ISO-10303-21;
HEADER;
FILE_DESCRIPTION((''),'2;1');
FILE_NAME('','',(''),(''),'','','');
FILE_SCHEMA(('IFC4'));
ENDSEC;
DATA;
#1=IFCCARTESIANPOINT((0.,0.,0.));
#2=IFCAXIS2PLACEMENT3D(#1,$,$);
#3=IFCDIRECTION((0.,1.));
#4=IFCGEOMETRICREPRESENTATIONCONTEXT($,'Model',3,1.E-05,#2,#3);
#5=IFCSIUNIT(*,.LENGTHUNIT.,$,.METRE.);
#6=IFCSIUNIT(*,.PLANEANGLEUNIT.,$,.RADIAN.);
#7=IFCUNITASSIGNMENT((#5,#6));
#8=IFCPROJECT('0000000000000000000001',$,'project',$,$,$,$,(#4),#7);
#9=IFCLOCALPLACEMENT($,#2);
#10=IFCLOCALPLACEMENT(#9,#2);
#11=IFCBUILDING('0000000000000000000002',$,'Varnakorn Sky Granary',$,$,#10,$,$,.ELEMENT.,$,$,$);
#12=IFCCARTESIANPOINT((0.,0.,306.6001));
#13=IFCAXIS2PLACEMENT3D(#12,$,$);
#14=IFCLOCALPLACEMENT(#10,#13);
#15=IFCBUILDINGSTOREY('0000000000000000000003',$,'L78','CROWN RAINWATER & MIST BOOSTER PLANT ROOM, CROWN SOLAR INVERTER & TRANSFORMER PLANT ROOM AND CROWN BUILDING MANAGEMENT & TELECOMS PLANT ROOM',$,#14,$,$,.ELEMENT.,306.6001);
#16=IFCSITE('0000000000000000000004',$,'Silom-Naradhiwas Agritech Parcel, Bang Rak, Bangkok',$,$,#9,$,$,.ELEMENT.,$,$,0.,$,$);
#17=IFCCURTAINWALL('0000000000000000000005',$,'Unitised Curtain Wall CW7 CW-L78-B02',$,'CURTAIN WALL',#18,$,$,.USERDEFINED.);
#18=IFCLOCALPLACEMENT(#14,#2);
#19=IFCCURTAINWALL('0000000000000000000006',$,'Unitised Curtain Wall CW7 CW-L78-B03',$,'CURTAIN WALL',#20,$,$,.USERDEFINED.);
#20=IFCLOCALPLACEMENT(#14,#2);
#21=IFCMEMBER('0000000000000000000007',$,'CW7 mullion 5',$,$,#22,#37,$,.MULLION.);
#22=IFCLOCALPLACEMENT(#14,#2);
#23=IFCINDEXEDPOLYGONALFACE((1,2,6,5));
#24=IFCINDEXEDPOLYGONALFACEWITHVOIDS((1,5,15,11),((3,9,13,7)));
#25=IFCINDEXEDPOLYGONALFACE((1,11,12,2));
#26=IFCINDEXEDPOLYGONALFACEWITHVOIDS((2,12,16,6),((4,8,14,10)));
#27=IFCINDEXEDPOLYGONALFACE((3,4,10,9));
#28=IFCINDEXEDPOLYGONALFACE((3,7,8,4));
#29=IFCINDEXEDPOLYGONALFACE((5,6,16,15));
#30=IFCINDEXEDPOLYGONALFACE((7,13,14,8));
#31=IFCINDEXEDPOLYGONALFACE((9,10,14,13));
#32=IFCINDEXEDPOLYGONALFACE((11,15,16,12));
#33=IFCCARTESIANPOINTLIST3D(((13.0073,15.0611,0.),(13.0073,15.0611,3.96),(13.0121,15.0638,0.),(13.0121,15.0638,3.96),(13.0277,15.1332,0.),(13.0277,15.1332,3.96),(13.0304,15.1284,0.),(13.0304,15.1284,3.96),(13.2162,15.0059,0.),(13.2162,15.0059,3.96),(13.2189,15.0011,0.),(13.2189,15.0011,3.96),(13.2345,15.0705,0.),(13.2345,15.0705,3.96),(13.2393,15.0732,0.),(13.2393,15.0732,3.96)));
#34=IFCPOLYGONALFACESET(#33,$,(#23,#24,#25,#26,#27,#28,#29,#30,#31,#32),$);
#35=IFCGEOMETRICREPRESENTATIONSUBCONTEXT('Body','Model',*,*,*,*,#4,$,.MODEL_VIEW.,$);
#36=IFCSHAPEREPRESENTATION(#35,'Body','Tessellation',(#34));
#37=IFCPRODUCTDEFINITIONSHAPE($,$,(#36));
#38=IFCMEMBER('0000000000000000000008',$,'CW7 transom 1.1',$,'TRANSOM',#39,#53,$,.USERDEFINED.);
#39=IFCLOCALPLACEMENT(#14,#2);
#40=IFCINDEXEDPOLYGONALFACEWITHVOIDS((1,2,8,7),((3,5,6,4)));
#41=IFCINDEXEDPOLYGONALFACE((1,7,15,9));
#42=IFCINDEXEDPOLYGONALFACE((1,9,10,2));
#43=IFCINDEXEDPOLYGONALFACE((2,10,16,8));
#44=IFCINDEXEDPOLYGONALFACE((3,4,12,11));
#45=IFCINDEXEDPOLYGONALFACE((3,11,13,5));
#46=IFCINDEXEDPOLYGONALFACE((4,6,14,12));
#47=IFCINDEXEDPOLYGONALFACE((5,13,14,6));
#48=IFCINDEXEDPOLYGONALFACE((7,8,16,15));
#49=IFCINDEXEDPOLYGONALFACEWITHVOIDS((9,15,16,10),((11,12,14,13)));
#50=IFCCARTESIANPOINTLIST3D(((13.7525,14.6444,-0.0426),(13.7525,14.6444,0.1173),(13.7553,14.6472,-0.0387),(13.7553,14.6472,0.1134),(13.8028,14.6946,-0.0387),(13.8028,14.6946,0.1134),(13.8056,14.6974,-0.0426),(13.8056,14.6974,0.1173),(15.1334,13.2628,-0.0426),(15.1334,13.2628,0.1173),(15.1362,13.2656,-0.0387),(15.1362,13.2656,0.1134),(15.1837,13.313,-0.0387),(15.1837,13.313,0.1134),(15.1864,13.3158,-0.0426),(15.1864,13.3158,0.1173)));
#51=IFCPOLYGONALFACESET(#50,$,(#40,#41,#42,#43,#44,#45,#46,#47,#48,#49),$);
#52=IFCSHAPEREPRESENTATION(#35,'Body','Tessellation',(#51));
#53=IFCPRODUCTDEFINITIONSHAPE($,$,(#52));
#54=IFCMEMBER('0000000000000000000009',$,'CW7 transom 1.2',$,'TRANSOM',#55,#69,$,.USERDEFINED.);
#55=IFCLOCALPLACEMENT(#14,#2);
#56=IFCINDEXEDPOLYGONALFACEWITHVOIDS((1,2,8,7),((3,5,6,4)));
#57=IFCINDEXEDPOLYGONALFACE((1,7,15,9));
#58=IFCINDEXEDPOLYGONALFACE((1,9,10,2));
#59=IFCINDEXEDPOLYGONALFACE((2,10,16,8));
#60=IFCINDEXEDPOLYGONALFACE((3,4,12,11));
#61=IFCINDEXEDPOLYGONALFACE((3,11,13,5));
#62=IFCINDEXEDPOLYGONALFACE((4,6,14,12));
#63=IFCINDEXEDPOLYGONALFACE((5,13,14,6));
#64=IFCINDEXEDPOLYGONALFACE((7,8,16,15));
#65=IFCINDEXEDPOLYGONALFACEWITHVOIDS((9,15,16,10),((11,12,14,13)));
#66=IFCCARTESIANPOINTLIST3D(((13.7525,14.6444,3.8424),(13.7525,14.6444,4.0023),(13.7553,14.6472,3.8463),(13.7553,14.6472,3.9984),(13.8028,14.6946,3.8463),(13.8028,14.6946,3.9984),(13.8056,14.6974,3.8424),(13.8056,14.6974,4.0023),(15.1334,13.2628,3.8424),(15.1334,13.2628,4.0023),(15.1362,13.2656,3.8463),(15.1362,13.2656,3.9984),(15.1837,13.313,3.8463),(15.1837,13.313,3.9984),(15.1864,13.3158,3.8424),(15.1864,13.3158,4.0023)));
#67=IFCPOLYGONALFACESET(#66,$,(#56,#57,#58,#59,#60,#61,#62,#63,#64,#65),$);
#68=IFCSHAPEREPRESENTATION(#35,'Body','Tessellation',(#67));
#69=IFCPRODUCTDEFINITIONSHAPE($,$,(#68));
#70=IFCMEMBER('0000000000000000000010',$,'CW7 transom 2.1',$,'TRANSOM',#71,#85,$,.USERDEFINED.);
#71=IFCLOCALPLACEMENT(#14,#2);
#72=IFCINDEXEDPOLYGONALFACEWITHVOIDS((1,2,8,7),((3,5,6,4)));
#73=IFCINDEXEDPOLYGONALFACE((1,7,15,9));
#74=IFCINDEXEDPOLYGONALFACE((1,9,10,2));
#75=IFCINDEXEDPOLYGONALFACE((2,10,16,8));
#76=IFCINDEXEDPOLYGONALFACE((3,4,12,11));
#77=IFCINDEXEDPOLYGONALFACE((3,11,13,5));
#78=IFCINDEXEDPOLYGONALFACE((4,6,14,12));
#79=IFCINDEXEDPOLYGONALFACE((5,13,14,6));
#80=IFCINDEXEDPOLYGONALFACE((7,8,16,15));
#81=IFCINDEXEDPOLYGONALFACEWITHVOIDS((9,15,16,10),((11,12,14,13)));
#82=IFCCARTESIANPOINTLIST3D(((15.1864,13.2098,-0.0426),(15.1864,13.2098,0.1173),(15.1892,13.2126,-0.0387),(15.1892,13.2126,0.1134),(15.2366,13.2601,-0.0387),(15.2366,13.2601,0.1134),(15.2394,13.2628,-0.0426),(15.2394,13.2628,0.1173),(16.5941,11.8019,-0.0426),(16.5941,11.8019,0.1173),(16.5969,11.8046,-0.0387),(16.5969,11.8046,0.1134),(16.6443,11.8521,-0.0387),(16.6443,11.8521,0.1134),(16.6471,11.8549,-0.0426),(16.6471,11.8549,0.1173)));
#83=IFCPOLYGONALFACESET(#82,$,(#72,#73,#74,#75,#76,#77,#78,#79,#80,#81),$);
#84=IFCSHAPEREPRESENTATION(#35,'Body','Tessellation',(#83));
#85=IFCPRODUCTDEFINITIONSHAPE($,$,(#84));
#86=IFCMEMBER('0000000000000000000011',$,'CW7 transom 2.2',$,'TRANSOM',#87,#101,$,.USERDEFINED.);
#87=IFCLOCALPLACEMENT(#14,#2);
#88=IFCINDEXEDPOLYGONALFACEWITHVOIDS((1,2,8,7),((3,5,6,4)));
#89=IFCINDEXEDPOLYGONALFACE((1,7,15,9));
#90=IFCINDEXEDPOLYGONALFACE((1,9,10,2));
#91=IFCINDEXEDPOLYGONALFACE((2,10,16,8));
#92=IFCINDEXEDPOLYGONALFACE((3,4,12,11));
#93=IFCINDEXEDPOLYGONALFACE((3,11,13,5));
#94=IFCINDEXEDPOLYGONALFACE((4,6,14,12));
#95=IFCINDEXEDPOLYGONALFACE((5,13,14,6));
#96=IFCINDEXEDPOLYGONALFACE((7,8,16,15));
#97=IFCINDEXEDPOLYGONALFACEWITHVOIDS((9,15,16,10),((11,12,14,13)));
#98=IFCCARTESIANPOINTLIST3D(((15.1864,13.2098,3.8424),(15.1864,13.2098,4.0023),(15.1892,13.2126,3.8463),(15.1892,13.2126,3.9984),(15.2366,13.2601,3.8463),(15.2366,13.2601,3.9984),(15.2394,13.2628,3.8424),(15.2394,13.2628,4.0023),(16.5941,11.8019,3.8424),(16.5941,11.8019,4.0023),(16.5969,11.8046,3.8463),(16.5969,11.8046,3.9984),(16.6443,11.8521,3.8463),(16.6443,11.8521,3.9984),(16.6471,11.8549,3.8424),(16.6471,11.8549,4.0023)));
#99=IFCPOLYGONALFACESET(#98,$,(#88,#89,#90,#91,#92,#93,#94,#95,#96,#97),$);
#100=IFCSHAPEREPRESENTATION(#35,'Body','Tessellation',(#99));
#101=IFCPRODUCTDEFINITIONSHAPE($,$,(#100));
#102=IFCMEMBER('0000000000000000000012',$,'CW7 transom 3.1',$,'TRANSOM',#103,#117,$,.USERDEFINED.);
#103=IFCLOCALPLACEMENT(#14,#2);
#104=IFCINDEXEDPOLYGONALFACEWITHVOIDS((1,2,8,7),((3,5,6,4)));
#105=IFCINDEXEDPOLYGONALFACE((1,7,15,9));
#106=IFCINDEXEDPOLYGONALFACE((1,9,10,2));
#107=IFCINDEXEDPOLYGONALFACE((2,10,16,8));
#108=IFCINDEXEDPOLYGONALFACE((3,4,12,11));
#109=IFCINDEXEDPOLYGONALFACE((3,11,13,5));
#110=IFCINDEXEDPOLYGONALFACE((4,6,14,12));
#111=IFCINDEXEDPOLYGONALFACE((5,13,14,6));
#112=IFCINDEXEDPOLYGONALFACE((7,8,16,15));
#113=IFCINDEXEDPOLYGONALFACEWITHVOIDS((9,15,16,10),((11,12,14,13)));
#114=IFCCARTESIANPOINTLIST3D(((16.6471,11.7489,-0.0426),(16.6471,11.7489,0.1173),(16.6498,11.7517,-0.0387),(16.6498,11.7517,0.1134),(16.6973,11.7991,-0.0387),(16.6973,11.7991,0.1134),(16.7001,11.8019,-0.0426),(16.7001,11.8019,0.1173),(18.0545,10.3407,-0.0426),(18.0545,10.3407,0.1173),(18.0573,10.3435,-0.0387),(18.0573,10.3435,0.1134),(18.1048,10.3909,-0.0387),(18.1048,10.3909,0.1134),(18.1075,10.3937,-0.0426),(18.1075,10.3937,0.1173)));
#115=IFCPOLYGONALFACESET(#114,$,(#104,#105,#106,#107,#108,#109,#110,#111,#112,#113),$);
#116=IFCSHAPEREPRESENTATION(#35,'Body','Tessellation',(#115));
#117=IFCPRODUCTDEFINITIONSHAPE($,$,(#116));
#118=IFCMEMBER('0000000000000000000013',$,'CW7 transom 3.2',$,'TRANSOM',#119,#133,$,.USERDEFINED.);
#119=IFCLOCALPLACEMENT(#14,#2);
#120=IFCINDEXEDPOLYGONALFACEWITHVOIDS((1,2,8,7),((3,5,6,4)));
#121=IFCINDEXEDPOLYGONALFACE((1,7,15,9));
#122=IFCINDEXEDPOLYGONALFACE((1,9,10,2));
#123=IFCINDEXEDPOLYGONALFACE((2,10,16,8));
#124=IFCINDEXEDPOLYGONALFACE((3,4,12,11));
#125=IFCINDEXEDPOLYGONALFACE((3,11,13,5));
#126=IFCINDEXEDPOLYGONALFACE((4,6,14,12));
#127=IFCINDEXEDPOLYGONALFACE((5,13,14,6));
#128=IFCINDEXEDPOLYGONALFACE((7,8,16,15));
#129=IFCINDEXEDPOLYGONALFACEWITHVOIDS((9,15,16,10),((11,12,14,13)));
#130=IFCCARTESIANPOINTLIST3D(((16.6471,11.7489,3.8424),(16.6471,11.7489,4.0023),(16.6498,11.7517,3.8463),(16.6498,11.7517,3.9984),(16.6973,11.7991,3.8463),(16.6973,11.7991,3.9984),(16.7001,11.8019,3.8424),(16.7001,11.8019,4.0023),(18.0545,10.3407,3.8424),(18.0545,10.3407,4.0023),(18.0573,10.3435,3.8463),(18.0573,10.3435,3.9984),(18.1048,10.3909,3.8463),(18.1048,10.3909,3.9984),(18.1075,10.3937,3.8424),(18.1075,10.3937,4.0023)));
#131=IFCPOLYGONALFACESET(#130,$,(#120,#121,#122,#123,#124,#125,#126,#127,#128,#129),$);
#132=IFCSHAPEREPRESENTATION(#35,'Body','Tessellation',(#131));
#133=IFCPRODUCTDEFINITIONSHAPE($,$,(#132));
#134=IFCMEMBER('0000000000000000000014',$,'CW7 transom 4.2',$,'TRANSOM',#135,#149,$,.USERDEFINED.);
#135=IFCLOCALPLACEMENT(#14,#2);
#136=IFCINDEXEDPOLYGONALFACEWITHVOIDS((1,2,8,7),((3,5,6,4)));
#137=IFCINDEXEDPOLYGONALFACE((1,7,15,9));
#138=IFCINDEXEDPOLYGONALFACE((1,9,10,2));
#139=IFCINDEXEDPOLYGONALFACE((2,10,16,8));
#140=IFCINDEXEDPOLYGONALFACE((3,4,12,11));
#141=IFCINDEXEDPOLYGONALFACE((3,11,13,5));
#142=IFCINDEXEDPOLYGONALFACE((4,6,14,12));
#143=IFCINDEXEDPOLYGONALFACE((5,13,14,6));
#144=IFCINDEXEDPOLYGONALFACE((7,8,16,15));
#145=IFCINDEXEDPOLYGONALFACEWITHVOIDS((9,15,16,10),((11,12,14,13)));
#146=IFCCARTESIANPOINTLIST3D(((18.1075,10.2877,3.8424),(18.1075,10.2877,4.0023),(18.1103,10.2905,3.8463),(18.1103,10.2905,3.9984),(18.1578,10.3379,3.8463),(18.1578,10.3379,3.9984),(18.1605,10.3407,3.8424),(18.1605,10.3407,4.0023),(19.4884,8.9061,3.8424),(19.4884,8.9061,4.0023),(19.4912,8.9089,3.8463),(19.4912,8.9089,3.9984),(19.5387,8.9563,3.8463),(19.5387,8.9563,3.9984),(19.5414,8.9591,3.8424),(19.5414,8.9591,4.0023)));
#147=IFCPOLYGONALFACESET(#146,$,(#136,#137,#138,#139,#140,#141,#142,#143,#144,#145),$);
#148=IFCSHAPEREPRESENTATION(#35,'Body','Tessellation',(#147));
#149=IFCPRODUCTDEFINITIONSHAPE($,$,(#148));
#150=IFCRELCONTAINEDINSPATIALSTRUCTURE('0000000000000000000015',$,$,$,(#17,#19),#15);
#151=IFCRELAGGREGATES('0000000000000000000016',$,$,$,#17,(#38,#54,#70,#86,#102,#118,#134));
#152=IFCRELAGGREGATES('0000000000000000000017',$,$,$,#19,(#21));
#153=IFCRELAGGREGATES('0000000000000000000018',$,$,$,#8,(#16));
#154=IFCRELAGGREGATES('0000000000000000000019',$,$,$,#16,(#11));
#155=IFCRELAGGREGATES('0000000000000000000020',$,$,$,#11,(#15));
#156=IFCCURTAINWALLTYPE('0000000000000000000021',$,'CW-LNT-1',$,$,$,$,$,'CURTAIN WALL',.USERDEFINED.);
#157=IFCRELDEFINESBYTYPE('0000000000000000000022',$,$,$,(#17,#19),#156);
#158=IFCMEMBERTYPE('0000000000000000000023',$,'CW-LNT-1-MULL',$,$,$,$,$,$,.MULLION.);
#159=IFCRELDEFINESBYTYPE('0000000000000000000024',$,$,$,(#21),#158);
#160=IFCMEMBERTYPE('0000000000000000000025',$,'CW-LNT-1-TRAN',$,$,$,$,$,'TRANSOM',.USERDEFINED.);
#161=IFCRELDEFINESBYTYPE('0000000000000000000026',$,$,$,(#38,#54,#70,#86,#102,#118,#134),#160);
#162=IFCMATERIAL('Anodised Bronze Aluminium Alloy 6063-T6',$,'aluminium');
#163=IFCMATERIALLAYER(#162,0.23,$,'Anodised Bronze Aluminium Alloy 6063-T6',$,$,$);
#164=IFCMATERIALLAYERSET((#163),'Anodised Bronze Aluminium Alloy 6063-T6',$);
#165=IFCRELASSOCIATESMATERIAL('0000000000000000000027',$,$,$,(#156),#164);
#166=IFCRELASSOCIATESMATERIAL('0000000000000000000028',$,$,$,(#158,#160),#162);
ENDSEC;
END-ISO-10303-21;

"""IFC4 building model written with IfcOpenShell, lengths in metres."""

from ifc_helpers import new_model, si_unit, direction, frame, origin, origin_2d, place, context, subcontext, project, spatial, hollow_rectangle, extrude, material, layer, layer_set, material_profile, profile_set, type_object, element, aggregate, save


model = new_model("IFC4")

# Units and contexts
model_context = context("Model", 3, precision=1e-05, world=origin(), true_north=direction((0.0, 1.0)))
body_context = subcontext(model_context, "Body", "Model", "MODEL_VIEW")
ifc_project = project(units=[si_unit("LENGTHUNIT", "METRE"), si_unit("PLANEANGLEUNIT", "RADIAN")], contexts=[model_context])

# Site, building, storey
site_placement = place(None, origin())
site = spatial("IfcSite", under=ifc_project, at=site_placement, Name="Silom-Naradhiwas Agritech Parcel, Bang Rak, Bangkok", CompositionType="ELEMENT", RefElevation=0.0)
building_placement = place(site_placement, origin())
building = spatial("IfcBuilding", under=site, at=building_placement, Name="Varnakorn Sky Granary", CompositionType="ELEMENT")
storey_placement = place(building_placement, frame((0.0, 0.0, 306.6001)))
storey = spatial("IfcBuildingStorey", under=building, at=storey_placement, Name="L78", Description="CROWN RAINWATER & MIST BOOSTER PLANT ROOM, CROWN SOLAR INVERTER & TRANSFORMER PLANT ROOM AND CROWN BUILDING MANAGEMENT & TELECOMS PLANT ROOM", CompositionType="ELEMENT", Elevation=306.6001)

# Curtain wall
ifc_material_1 = material(Name="Anodised Bronze Aluminium Alloy 6063-T6", Category="aluminium")
ifc_layer_1 = layer(ifc_material_1, 0.23, Name="Anodised Bronze Aluminium Alloy 6063-T6")
ifc_layer_set_1 = layer_set([ifc_layer_1], Name="Anodised Bronze Aluminium Alloy 6063-T6")
curtain_wall_type = type_object("IfcCurtainWallType", Name="CW-LNT-1", ElementType="CURTAIN WALL", PredefinedType="USERDEFINED", material=ifc_layer_set_1)
curtain_wall_1_placement = place(storey_placement, origin())
curtain_wall_1 = element("IfcCurtainWall", 1, at=curtain_wall_1_placement, inside=storey, type_object=curtain_wall_type, Name="Unitised Curtain Wall CW7 CW-L78-B02", ObjectType="CURTAIN WALL", PredefinedType="USERDEFINED")
ifc_material_profile_1 = material_profile(ifc_material_1, hollow_rectangle(XDim=0.075, YDim=0.22, WallThickness=0.0039, at=origin_2d()), Name="ALU MULL 75x220")
ifc_profile_set_1 = profile_set([ifc_material_profile_1], Name="Anodised Bronze Aluminium Alloy 6063-T6")
member_type_1 = type_object("IfcMemberType", Name="CW-LNT-1-MULL", PredefinedType="MULLION", material=ifc_profile_set_1)

# Curtain wall, member
curtain_wall_2_placement = place(storey_placement, origin())
curtain_wall_2 = element("IfcCurtainWall", 2, at=curtain_wall_2_placement, inside=storey, type_object=curtain_wall_type, Name="Unitised Curtain Wall CW7 CW-L78-B03", ObjectType="CURTAIN WALL", PredefinedType="USERDEFINED")
member_1_placement = place(storey_placement, frame((13.1233, 15.0671, 0.0), z_axis=(0.0, 0.0, 1.0), x_axis=(0.272905, 0.962041, 0.0)))
member_1 = element("IfcMember", 3, at=member_1_placement, type_object=member_type_1, Name="CW7 mullion 5", PredefinedType="MULLION", context=body_context, shape_type="SweptSolid", body=[
    extrude(hollow_rectangle(XDim=0.075, YDim=0.22, WallThickness=0.0039, at=origin_2d()), origin(), (0.0, 0.0, 1.0), 3.96),
])

# Members
ifc_material_profile_2 = material_profile(ifc_material_1, hollow_rectangle(XDim=0.075, YDim=0.1599, WallThickness=0.0039, at=origin_2d()), Name="ALU TRAN 75x160")
ifc_profile_set_2 = profile_set([ifc_material_profile_2], Name="Anodised Bronze Aluminium Alloy 6063-T6")
member_type_2 = type_object("IfcMemberType", Name="CW-LNT-1-TRAN", ElementType="TRANSOM", PredefinedType="USERDEFINED", material=ifc_profile_set_2)
member_2_placement = place(storey_placement, frame((13.7791, 14.6709, 0.0374), z_axis=(0.706919, -0.707294, 0.0), x_axis=(0.707294, 0.706919, 0.0)))
member_2 = element("IfcMember", 4, at=member_2_placement, type_object=member_type_2, Name="CW7 transom 1.1", ObjectType="TRANSOM", PredefinedType="USERDEFINED", context=body_context, shape_type="SweptSolid", body=[
    extrude(hollow_rectangle(XDim=0.075, YDim=0.1599, WallThickness=0.0039, at=origin_2d()), origin(), (0.0, 0.0, 1.0), 1.9534),
])
member_3_placement = place(storey_placement, frame((13.7791, 14.6709, 3.9224), z_axis=(0.706919, -0.707294, 0.0), x_axis=(0.707294, 0.706919, 0.0)))
member_3 = element("IfcMember", 5, at=member_3_placement, type_object=member_type_2, Name="CW7 transom 1.2", ObjectType="TRANSOM", PredefinedType="USERDEFINED", context=body_context, shape_type="SweptSolid", body=[
    extrude(hollow_rectangle(XDim=0.075, YDim=0.1599, WallThickness=0.0039, at=origin_2d()), origin(), (0.0, 0.0, 1.0), 1.9534),
])
member_4_placement = place(storey_placement, frame((15.2129, 13.2363, 0.0374), z_axis=(0.707045, -0.707168, 0.0), x_axis=(0.707168, 0.707045, 0.0)))
member_4 = element("IfcMember", 6, at=member_4_placement, type_object=member_type_2, Name="CW7 transom 2.1", ObjectType="TRANSOM", PredefinedType="USERDEFINED", context=body_context, shape_type="SweptSolid", body=[
    extrude(hollow_rectangle(XDim=0.075, YDim=0.1599, WallThickness=0.0039, at=origin_2d()), origin(), (0.0, 0.0, 1.0), 1.991),
])
member_5_placement = place(storey_placement, frame((15.2129, 13.2363, 3.9224), z_axis=(0.707045, -0.707168, 0.0), x_axis=(0.707168, 0.707045, 0.0)))
member_5 = element("IfcMember", 7, at=member_5_placement, type_object=member_type_2, Name="CW7 transom 2.2", ObjectType="TRANSOM", PredefinedType="USERDEFINED", context=body_context, shape_type="SweptSolid", body=[
    extrude(hollow_rectangle(XDim=0.075, YDim=0.1599, WallThickness=0.0039, at=origin_2d()), origin(), (0.0, 0.0, 1.0), 1.991),
])
member_6_placement = place(storey_placement, frame((16.6736, 11.7754, 0.0374), z_axis=(0.706923, -0.707291, 0.0), x_axis=(0.707291, 0.706923, 0.0)))
member_6 = element("IfcMember", 8, at=member_6_placement, type_object=member_type_2, Name="CW7 transom 3.1", ObjectType="TRANSOM", PredefinedType="USERDEFINED", context=body_context, shape_type="SweptSolid", body=[
    extrude(hollow_rectangle(XDim=0.075, YDim=0.1599, WallThickness=0.0039, at=origin_2d()), origin(), (0.0, 0.0, 1.0), 1.991),
])
member_7_placement = place(storey_placement, frame((16.6736, 11.7754, 3.9224), z_axis=(0.706923, -0.707291, 0.0), x_axis=(0.707291, 0.706923, 0.0)))
member_7 = element("IfcMember", 9, at=member_7_placement, type_object=member_type_2, Name="CW7 transom 3.2", ObjectType="TRANSOM", PredefinedType="USERDEFINED", context=body_context, shape_type="SweptSolid", body=[
    extrude(hollow_rectangle(XDim=0.075, YDim=0.1599, WallThickness=0.0039, at=origin_2d()), origin(), (0.0, 0.0, 1.0), 1.991),
])
member_8_placement = place(storey_placement, frame((18.134, 10.3142, 3.9224), z_axis=(0.706919, -0.707294, 0.0), x_axis=(0.707294, 0.706919, 0.0)))
member_8 = element("IfcMember", 10, at=member_8_placement, type_object=member_type_2, Name="CW7 transom 4.2", ObjectType="TRANSOM", PredefinedType="USERDEFINED", context=body_context, shape_type="SweptSolid", body=[
    extrude(hollow_rectangle(XDim=0.075, YDim=0.1599, WallThickness=0.0039, at=origin_2d()), origin(), (0.0, 0.0, 1.0), 1.9534),
])

aggregate(curtain_wall_1, [member_2, member_3, member_4, member_5, member_6, member_7, member_8])
aggregate(curtain_wall_2, [member_1])

save(model, "model.ifc")
